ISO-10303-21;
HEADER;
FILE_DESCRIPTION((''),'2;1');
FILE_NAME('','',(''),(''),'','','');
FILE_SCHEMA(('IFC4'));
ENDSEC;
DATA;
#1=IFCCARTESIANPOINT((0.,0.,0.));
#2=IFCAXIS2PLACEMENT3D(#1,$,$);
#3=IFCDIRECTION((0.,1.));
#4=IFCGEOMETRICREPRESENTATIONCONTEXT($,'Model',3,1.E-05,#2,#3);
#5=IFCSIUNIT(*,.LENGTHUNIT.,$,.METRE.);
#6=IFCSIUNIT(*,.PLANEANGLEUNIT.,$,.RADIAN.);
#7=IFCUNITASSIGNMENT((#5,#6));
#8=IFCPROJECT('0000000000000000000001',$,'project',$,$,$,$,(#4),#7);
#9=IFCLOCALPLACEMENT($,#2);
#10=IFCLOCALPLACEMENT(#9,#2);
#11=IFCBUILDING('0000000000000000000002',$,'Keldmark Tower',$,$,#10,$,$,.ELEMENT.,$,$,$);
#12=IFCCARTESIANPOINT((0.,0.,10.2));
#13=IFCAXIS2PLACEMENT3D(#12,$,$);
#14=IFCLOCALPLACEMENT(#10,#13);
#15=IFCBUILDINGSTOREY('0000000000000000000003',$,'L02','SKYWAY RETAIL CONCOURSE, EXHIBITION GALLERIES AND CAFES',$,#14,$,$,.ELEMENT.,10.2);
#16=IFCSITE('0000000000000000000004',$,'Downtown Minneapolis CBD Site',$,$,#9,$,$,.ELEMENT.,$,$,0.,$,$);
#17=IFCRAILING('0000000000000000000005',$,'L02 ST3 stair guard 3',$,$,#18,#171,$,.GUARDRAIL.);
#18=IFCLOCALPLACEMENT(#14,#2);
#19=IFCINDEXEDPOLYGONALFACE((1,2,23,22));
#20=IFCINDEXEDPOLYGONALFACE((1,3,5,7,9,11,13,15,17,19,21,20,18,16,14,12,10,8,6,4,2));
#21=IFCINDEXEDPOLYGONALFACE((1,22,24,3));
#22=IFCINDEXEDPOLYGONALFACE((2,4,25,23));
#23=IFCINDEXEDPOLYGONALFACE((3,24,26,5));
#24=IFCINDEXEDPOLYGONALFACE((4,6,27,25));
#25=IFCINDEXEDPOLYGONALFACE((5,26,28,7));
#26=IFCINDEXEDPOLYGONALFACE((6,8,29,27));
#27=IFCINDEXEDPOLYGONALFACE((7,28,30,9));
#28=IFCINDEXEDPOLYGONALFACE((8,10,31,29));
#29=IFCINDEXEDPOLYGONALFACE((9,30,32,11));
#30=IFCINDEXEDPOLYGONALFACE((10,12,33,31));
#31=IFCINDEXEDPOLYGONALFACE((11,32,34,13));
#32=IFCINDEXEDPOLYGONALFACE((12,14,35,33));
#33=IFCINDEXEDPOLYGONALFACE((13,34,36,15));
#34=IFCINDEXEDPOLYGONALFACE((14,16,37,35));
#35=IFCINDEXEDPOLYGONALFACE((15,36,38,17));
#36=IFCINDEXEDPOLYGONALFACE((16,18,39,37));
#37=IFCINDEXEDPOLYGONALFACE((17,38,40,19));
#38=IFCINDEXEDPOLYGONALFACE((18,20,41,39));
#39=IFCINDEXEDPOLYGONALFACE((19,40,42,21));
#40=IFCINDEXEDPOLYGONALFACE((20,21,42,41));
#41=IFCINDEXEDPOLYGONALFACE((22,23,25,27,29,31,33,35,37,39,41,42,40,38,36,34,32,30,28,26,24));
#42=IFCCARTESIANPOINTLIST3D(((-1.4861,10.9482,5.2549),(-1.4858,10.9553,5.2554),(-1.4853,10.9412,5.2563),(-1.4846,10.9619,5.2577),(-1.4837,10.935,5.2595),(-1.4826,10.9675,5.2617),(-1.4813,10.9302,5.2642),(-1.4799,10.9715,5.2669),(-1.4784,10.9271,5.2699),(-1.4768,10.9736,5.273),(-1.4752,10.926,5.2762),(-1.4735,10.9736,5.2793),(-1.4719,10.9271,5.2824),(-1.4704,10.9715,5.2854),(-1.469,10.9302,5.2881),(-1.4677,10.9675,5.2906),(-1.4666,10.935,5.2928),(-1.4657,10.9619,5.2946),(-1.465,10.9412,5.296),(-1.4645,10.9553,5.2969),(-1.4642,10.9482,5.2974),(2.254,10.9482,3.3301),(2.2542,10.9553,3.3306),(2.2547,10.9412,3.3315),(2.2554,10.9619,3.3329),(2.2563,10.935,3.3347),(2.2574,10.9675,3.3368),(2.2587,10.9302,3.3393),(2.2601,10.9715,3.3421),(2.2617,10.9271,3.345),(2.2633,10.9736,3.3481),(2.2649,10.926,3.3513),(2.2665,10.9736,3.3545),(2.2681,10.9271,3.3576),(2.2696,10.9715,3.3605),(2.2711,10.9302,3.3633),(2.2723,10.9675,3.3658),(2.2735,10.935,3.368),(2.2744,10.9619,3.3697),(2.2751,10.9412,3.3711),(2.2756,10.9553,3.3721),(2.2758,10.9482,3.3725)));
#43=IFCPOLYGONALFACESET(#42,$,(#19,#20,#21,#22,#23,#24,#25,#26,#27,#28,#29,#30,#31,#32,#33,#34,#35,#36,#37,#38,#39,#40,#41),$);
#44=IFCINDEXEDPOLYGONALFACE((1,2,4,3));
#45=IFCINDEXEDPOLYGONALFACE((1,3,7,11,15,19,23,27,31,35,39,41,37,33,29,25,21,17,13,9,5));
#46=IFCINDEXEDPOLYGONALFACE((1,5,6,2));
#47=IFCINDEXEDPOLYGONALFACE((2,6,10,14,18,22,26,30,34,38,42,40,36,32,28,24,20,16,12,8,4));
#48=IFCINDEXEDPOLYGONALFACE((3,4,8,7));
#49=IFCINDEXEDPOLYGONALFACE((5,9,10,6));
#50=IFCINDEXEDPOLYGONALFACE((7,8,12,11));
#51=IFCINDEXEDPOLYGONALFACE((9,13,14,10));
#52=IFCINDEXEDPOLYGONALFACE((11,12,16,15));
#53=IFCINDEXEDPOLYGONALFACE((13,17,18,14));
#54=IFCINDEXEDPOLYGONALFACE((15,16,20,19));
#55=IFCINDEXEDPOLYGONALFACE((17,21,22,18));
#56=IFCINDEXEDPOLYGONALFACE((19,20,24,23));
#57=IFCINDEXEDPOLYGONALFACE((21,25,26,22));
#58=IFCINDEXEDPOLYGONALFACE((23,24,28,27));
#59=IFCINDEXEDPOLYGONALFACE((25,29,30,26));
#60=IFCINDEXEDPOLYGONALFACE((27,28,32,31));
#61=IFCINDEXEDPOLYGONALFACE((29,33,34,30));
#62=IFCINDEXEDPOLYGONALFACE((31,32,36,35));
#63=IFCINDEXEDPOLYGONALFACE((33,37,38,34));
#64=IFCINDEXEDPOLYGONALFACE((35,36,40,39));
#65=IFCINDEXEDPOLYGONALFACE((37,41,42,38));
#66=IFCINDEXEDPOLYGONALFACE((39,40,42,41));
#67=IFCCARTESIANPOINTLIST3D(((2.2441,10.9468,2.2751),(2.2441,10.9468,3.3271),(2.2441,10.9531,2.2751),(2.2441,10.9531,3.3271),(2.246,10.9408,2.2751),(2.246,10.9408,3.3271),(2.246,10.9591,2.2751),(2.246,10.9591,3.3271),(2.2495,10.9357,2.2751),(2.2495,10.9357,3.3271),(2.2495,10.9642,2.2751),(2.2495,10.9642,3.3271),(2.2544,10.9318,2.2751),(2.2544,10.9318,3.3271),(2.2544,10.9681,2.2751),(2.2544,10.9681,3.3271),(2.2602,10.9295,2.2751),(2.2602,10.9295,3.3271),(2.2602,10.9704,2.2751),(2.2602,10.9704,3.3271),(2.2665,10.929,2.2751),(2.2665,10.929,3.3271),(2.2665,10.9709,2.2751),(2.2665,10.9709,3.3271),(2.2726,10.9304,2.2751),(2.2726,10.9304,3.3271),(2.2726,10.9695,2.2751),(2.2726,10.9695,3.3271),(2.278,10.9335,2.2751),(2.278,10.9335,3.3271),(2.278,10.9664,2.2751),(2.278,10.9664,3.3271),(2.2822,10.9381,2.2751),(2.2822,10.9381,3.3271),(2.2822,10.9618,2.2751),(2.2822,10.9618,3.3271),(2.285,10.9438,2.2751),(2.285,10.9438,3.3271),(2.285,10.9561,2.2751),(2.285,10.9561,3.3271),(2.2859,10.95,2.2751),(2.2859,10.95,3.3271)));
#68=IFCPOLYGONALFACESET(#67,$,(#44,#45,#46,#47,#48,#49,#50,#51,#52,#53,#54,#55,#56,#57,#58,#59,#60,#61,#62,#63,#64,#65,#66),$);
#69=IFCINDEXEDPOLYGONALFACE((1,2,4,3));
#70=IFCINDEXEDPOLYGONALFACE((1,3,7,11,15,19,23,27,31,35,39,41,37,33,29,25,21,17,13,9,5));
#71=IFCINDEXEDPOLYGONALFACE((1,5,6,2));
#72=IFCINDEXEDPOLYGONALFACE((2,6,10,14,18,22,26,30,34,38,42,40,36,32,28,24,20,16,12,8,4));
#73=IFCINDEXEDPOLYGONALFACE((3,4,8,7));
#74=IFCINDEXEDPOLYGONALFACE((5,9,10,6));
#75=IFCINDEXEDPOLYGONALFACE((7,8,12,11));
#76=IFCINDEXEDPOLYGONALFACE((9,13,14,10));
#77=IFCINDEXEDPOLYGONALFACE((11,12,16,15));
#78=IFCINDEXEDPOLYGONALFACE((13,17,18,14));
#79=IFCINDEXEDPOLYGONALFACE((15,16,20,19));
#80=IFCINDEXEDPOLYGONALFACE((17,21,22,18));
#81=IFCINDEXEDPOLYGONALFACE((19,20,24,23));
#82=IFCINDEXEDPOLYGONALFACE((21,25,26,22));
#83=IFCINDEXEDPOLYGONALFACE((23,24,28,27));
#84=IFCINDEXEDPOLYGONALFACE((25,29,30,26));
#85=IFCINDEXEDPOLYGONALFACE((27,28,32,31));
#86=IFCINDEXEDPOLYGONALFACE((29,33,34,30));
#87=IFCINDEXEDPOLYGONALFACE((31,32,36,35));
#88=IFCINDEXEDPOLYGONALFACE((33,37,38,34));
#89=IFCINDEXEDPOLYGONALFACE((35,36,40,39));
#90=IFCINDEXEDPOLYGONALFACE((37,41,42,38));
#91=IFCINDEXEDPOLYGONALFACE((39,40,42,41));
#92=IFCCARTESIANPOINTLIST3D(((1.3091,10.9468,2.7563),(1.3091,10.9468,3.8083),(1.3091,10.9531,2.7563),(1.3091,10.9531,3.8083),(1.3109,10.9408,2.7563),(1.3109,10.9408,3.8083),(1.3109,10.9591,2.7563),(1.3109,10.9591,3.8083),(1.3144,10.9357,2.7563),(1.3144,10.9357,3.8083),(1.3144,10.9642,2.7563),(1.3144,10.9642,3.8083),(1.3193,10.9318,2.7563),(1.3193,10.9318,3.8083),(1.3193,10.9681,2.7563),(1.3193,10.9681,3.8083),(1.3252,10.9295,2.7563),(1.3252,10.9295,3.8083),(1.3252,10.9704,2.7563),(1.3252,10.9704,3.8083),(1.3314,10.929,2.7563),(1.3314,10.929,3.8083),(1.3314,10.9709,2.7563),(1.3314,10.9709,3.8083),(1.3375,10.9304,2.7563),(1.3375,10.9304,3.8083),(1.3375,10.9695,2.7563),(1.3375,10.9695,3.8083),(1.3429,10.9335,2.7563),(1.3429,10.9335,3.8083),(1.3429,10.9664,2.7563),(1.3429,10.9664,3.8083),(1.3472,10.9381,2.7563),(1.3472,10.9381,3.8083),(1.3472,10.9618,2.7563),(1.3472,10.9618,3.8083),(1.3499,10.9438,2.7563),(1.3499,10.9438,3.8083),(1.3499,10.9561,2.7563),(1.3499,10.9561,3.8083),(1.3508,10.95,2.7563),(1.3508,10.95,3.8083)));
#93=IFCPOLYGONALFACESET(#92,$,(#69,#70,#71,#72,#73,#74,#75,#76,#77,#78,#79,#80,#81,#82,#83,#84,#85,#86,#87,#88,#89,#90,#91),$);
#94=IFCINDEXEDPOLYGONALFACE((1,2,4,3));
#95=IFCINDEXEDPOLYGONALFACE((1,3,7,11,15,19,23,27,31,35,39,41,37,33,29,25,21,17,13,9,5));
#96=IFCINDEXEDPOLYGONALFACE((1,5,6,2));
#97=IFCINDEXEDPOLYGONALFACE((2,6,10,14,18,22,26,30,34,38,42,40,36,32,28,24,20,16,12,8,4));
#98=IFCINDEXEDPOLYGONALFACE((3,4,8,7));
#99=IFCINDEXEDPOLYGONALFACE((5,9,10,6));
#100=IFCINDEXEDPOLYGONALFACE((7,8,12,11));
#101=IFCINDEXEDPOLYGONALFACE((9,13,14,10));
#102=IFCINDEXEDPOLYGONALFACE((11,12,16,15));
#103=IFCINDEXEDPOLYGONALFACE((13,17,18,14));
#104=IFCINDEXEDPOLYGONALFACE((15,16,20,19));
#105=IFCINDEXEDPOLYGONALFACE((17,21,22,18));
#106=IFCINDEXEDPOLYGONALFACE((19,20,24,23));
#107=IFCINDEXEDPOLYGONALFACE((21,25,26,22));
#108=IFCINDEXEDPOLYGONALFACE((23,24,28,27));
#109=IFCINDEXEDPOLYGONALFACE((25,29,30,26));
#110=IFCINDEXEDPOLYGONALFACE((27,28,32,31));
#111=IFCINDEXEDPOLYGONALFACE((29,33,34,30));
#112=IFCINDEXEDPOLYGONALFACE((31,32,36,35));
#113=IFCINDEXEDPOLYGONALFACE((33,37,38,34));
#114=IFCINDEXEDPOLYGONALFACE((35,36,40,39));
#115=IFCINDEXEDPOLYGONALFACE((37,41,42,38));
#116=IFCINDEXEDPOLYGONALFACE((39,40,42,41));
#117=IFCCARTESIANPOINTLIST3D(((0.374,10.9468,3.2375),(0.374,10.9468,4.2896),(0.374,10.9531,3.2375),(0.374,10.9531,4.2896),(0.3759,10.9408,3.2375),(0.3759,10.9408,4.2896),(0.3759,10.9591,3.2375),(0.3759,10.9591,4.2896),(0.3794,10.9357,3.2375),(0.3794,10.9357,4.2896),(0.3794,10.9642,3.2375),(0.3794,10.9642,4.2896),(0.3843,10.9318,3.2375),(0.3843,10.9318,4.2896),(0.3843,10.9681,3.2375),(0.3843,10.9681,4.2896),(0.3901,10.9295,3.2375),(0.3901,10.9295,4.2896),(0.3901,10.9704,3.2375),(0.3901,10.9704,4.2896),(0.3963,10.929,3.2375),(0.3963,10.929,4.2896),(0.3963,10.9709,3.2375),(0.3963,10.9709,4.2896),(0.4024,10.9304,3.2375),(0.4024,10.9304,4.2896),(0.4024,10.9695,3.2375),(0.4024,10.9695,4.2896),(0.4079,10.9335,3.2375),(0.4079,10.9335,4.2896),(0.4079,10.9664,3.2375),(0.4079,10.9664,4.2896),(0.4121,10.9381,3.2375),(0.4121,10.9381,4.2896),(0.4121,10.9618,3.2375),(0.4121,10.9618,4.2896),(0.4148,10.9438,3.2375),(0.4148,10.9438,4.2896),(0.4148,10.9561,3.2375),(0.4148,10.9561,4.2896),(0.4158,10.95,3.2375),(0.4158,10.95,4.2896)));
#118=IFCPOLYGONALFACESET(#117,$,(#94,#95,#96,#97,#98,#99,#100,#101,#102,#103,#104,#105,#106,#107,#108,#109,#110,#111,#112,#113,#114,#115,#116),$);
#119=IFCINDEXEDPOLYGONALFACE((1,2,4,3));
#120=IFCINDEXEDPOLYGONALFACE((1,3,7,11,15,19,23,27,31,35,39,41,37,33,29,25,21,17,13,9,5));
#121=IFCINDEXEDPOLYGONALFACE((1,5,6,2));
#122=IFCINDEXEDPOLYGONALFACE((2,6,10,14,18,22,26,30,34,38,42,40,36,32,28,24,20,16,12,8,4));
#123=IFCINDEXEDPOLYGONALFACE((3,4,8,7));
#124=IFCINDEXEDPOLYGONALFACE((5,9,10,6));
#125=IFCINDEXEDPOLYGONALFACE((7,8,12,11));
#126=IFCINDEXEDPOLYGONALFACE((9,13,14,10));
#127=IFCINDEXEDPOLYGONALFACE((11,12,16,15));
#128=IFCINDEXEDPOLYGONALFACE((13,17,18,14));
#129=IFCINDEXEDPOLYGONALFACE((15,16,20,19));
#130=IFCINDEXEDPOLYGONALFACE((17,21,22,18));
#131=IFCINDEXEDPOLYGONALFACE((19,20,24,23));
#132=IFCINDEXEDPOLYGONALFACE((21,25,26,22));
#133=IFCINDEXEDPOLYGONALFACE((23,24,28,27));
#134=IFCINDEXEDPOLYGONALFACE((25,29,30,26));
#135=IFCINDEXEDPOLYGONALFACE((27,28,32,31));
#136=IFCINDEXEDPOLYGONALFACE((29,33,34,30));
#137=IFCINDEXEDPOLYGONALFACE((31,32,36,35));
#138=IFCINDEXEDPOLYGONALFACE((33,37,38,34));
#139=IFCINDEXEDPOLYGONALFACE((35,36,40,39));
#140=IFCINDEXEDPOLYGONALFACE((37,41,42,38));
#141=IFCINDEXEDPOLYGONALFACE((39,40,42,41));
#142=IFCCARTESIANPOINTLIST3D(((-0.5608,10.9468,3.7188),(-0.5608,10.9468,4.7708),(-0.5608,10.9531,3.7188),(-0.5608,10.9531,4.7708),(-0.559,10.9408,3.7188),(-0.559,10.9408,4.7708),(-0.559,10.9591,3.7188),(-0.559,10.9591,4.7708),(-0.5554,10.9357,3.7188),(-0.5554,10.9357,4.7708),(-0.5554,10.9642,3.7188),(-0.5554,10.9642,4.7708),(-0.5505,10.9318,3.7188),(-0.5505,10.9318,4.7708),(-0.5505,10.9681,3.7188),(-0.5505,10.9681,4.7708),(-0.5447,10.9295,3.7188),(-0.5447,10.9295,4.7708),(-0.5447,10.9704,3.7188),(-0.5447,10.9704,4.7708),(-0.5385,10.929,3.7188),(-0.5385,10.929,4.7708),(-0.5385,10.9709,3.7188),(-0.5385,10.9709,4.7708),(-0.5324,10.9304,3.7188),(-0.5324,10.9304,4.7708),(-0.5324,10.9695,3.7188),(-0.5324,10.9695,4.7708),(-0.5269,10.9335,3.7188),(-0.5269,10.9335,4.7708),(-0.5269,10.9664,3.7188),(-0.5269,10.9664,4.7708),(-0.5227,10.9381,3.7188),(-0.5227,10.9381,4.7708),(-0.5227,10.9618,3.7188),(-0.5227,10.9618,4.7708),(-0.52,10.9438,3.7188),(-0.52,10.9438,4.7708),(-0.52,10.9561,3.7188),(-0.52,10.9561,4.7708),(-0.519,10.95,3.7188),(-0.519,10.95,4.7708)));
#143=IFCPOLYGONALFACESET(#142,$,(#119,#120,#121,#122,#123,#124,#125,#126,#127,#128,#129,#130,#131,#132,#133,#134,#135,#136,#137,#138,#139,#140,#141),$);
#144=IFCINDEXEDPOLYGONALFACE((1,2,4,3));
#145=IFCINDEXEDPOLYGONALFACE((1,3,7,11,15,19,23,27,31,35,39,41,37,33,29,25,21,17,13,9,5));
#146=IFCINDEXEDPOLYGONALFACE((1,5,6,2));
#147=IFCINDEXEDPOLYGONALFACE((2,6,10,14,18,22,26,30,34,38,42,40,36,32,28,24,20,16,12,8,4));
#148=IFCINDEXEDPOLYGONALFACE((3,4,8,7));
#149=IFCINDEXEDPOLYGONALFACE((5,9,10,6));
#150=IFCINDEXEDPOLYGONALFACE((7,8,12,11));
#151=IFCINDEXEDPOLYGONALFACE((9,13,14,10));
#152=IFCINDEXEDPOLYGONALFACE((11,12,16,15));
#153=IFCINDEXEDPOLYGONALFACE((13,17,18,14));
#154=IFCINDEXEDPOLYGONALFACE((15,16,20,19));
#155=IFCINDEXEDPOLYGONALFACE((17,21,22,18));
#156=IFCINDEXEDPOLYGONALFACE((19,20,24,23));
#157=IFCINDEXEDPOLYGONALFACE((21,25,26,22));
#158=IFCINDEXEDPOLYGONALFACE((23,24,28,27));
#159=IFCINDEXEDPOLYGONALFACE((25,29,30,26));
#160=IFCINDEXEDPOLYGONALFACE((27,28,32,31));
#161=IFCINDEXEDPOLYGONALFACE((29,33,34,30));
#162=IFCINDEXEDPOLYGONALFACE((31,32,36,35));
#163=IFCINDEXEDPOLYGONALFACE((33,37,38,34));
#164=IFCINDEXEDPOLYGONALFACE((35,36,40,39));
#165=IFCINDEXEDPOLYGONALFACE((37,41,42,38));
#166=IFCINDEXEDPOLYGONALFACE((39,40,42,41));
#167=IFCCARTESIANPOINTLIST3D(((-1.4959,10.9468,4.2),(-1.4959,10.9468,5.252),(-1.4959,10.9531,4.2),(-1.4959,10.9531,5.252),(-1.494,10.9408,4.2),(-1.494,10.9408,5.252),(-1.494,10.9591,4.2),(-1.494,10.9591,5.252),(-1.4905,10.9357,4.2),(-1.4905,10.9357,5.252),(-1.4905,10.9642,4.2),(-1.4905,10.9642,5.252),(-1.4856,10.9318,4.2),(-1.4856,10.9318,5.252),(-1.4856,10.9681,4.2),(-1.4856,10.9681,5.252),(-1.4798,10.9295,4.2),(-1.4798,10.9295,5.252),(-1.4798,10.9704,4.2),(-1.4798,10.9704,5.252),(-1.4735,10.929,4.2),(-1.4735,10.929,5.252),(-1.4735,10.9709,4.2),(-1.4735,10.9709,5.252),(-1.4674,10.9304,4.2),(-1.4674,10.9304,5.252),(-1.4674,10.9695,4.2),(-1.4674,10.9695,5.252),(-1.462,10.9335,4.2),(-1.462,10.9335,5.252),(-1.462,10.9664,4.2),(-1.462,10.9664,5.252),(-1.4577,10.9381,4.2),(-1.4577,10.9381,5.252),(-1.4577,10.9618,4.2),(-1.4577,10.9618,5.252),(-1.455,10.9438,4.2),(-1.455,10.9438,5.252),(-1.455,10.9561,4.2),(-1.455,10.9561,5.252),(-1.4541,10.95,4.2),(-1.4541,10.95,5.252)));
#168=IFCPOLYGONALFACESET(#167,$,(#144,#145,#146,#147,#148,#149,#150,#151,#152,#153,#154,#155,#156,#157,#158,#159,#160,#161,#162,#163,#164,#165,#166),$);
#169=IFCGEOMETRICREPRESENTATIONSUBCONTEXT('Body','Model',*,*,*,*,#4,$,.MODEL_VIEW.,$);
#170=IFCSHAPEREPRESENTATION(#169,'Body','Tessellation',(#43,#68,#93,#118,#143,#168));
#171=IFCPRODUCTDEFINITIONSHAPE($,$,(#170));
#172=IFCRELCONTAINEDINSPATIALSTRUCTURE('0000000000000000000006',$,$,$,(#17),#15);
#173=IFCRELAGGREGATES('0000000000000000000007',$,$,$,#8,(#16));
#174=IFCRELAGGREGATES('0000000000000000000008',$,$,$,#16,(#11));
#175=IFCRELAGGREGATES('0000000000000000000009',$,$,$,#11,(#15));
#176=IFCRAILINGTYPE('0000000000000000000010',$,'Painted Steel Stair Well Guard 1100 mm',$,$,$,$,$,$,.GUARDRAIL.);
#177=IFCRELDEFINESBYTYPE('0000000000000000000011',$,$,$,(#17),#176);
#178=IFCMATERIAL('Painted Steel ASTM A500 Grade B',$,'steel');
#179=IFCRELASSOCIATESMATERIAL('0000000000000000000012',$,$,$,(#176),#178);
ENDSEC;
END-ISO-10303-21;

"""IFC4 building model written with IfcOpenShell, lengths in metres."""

from ifc_helpers import new_model, si_unit, direction, frame, origin, origin_2d, place, context, subcontext, project, spatial, circle, extrude, material, type_object, element, save


model = new_model("IFC4")

# Units and contexts
model_context = context("Model", 3, precision=1e-05, world=origin(), true_north=direction((0.0, 1.0)))
body_context = subcontext(model_context, "Body", "Model", "MODEL_VIEW")
ifc_project = project(units=[si_unit("LENGTHUNIT", "METRE"), si_unit("PLANEANGLEUNIT", "RADIAN")], contexts=[model_context])

# Site, building, storey
site_placement = place(None, origin())
site = spatial("IfcSite", under=ifc_project, at=site_placement, Name="Downtown Minneapolis CBD Site", CompositionType="ELEMENT", RefElevation=0.0)
building_placement = place(site_placement, origin())
building = spatial("IfcBuilding", under=site, at=building_placement, Name="Keldmark Tower", CompositionType="ELEMENT")
storey_placement = place(building_placement, frame((0.0, 0.0, 10.2)))
storey = spatial("IfcBuildingStorey", under=building, at=storey_placement, Name="L02", Description="SKYWAY RETAIL CONCOURSE, EXHIBITION GALLERIES AND CAFES", CompositionType="ELEMENT", Elevation=10.2)

# Railing
ifc_material_1 = material(Name="Painted Steel ASTM A500 Grade B", Category="steel")
railing_type_1 = type_object("IfcRailingType", Name="Painted Steel Stair Well Guard 1100 mm", PredefinedType="GUARDRAIL", material=ifc_material_1)
railing_1_placement = place(storey_placement, frame((2.2649, 10.95, 2.2751)))
element("IfcRailing", 1, at=railing_1_placement, inside=storey, type_object=railing_type_1, Name="L02 ST3 stair guard 3", PredefinedType="GUARDRAIL", context=body_context, shape_type="SweptSolid", body=[
    extrude(circle(Radius=0.0239, at=origin_2d()), frame((0.0, 0.0, 1.0762), z_axis=(-0.889154, 0.0, 0.457608), x_axis=(0.0, -1.0, 0.0)), (0.0, 0.0, 1.0), 4.2063),
    extrude(circle(Radius=0.021, at=origin_2d()), origin(), (0.0, 0.0, 1.0), 1.052),
    extrude(circle(Radius=0.021, at=origin_2d()), frame((-0.9351, 0.0, 0.4812)), (0.0, 0.0, 1.0), 1.052),
    extrude(circle(Radius=0.021, at=origin_2d()), frame((-1.8701, 0.0, 0.9624)), (0.0, 0.0, 1.0), 1.052),
    extrude(circle(Radius=0.021, at=origin_2d()), frame((-2.8049, 0.0, 1.4436)), (0.0, 0.0, 1.0), 1.052),
    extrude(circle(Radius=0.021, at=origin_2d()), frame((-3.74, 0.0, 1.9248)), (0.0, 0.0, 1.0), 1.052),
])

save(model, "model.ifc")
